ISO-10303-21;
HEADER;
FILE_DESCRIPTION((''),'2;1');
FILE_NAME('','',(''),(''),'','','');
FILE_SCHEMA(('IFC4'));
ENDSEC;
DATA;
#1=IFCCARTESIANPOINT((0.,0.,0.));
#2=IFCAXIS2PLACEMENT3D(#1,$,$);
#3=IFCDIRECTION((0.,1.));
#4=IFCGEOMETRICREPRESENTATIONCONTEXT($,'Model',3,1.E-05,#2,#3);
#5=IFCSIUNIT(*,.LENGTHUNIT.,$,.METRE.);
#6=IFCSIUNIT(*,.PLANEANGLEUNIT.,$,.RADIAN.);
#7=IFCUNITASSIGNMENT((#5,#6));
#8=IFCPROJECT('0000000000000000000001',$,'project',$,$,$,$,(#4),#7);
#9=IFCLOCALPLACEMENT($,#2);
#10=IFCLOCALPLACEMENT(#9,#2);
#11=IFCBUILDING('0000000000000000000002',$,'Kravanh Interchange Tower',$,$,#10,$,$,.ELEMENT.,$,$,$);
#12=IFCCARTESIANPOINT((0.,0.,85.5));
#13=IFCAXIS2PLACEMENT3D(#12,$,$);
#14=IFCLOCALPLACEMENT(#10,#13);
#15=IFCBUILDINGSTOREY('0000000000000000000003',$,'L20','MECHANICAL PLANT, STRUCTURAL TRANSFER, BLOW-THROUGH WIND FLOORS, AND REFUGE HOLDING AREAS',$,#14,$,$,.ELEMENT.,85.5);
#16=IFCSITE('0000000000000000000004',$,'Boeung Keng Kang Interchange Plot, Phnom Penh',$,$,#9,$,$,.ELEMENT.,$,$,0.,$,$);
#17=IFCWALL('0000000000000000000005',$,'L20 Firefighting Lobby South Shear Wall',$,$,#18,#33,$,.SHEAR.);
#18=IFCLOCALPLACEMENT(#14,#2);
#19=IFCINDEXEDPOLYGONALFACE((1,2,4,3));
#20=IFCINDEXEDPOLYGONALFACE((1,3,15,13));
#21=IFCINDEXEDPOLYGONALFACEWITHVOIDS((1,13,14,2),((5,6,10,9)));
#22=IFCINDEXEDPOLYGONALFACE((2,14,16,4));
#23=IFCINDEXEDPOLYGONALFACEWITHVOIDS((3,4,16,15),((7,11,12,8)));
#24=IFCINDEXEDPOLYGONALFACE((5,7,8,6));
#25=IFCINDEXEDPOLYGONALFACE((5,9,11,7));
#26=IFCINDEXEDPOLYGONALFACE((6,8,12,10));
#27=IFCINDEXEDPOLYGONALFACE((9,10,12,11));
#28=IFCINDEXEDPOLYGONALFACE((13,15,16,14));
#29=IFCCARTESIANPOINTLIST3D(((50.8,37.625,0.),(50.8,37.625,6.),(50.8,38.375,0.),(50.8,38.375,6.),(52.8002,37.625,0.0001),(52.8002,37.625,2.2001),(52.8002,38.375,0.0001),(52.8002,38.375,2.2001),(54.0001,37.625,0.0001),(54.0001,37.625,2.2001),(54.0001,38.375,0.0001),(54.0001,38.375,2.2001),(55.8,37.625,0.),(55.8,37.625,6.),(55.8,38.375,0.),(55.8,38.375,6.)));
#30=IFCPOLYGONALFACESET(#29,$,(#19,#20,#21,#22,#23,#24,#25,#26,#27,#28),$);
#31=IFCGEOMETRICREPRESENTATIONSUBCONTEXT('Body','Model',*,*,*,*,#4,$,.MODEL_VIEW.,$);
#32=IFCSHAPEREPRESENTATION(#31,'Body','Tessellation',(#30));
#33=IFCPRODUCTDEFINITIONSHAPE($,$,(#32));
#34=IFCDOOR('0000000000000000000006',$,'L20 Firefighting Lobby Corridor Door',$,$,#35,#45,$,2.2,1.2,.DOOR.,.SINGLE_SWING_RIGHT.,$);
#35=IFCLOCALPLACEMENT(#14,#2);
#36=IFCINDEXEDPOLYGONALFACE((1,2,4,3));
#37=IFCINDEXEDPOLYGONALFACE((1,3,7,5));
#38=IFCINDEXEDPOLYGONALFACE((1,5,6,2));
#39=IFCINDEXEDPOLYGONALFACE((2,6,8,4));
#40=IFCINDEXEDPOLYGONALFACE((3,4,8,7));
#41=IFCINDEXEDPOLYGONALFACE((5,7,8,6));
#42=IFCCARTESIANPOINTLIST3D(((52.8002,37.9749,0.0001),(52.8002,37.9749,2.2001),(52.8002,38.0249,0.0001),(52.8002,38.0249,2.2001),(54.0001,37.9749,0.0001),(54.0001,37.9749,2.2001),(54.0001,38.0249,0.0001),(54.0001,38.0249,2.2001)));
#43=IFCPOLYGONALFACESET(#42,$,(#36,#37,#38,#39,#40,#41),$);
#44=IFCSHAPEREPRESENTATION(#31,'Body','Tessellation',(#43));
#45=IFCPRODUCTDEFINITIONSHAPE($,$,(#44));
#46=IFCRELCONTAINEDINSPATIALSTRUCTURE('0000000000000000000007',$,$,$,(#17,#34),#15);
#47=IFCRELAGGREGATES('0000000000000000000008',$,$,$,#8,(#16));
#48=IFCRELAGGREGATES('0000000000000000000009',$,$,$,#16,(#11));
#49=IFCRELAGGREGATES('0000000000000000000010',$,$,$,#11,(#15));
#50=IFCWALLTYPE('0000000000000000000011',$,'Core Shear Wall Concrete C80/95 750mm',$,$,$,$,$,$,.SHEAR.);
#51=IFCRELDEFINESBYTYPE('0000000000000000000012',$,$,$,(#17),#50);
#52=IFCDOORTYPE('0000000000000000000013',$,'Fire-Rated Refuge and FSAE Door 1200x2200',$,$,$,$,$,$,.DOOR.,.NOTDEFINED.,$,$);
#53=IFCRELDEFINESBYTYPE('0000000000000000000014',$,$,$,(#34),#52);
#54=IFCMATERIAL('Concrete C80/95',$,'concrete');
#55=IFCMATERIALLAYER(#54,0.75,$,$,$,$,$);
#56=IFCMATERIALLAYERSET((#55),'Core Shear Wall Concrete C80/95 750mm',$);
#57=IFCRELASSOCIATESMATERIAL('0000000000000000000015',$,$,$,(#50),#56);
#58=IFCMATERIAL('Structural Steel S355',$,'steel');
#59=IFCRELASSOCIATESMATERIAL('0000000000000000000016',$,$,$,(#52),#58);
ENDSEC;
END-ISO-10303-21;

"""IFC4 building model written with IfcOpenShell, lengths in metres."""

from ifc_helpers import new_model, si_unit, direction, frame, frame_2d, origin, place, context, subcontext, project, spatial, rectangle, extrude, material, layer, layer_set, type_object, element, fill, save


model = new_model("IFC4")

# Units and contexts
model_context = context("Model", 3, precision=1e-05, world=origin(), true_north=direction((0.0, 1.0)))
body_context = subcontext(model_context, "Body", "Model", "MODEL_VIEW")
ifc_project = project(units=[si_unit("LENGTHUNIT", "METRE"), si_unit("PLANEANGLEUNIT", "RADIAN")], contexts=[model_context])

# Site, building, storey
site_placement = place(None, origin())
site = spatial("IfcSite", under=ifc_project, at=site_placement, Name="Boeung Keng Kang Interchange Plot, Phnom Penh", CompositionType="ELEMENT", RefElevation=0.0)
building_placement = place(site_placement, origin())
building = spatial("IfcBuilding", under=site, at=building_placement, Name="Kravanh Interchange Tower", CompositionType="ELEMENT")
storey_placement = place(building_placement, frame((0.0, 0.0, 85.5)))
storey = spatial("IfcBuildingStorey", under=building, at=storey_placement, Name="L20", Description="MECHANICAL PLANT, STRUCTURAL TRANSFER, BLOW-THROUGH WIND FLOORS, AND REFUGE HOLDING AREAS", CompositionType="ELEMENT", Elevation=85.5)

# Wall, opening, door
ifc_material_1 = material(Name="Concrete C80/95", Category="concrete")
ifc_layer_1 = layer(ifc_material_1, 0.75)
ifc_layer_set_1 = layer_set([ifc_layer_1], Name="Core Shear Wall Concrete C80/95 750mm")
wall_type_1 = type_object("IfcWallType", Name="Core Shear Wall Concrete C80/95 750mm", PredefinedType="SHEAR", material=ifc_layer_set_1)
wall_1_placement = place(storey_placement, frame((50.8, 38.0, 0.0), z_axis=(0.0, 0.0, 1.0), x_axis=(1.0, 0.0, 0.0)))
wall_1 = element("IfcWall", 1, at=wall_1_placement, inside=storey, type_object=wall_type_1, Name="L20 Firefighting Lobby South Shear Wall", PredefinedType="SHEAR", context=body_context, shape_type="SweptSolid", body=[
    extrude(rectangle(XDim=5.0, YDim=0.75, at=frame_2d((2.5, 0.0))), origin(), (0.0, 0.0, 1.0), 6.0),
])
opening_1_placement = place(wall_1_placement, frame((2.0, 0.0, 0.0)))
opening_1 = element("IfcOpeningElement", 2, at=opening_1_placement, cuts=wall_1, PredefinedType="OPENING", context=body_context, shape_type="SweptSolid", body=[
    extrude(rectangle(XDim=1.2, YDim=2.2, at=frame_2d((0.6001, 1.1001))), frame((0.0, 0.385, 0.0), z_axis=(0.0, -1.0, 0.0), x_axis=(1.0, 0.0, 0.0)), (0.0, 0.0, 1.0), 0.77),
])
ifc_material_2 = material(Name="Structural Steel S355", Category="steel")
door_type_1 = type_object("IfcDoorType", Name="Fire-Rated Refuge and FSAE Door 1200x2200", OperationType="NOTDEFINED", PredefinedType="DOOR", material=ifc_material_2)
door_1_placement = place(opening_1_placement, origin())
door_1 = element("IfcDoor", 3, at=door_1_placement, inside=storey, type_object=door_type_1, Name="L20 Firefighting Lobby Corridor Door", OperationType="SINGLE_SWING_RIGHT", OverallHeight=2.2, OverallWidth=1.2, PredefinedType="DOOR", context=body_context, shape_type="SweptSolid", body=[
    extrude(rectangle(XDim=1.2, YDim=2.2, at=frame_2d((0.6001, 1.1001))), frame((0.0, 0.0249, 0.0), z_axis=(0.0, -1.0, 0.0), x_axis=(1.0, 0.0, 0.0)), (0.0, 0.0, 1.0), 0.05),
])
fill(opening_1, door_1)

save(model, "model.ifc")
